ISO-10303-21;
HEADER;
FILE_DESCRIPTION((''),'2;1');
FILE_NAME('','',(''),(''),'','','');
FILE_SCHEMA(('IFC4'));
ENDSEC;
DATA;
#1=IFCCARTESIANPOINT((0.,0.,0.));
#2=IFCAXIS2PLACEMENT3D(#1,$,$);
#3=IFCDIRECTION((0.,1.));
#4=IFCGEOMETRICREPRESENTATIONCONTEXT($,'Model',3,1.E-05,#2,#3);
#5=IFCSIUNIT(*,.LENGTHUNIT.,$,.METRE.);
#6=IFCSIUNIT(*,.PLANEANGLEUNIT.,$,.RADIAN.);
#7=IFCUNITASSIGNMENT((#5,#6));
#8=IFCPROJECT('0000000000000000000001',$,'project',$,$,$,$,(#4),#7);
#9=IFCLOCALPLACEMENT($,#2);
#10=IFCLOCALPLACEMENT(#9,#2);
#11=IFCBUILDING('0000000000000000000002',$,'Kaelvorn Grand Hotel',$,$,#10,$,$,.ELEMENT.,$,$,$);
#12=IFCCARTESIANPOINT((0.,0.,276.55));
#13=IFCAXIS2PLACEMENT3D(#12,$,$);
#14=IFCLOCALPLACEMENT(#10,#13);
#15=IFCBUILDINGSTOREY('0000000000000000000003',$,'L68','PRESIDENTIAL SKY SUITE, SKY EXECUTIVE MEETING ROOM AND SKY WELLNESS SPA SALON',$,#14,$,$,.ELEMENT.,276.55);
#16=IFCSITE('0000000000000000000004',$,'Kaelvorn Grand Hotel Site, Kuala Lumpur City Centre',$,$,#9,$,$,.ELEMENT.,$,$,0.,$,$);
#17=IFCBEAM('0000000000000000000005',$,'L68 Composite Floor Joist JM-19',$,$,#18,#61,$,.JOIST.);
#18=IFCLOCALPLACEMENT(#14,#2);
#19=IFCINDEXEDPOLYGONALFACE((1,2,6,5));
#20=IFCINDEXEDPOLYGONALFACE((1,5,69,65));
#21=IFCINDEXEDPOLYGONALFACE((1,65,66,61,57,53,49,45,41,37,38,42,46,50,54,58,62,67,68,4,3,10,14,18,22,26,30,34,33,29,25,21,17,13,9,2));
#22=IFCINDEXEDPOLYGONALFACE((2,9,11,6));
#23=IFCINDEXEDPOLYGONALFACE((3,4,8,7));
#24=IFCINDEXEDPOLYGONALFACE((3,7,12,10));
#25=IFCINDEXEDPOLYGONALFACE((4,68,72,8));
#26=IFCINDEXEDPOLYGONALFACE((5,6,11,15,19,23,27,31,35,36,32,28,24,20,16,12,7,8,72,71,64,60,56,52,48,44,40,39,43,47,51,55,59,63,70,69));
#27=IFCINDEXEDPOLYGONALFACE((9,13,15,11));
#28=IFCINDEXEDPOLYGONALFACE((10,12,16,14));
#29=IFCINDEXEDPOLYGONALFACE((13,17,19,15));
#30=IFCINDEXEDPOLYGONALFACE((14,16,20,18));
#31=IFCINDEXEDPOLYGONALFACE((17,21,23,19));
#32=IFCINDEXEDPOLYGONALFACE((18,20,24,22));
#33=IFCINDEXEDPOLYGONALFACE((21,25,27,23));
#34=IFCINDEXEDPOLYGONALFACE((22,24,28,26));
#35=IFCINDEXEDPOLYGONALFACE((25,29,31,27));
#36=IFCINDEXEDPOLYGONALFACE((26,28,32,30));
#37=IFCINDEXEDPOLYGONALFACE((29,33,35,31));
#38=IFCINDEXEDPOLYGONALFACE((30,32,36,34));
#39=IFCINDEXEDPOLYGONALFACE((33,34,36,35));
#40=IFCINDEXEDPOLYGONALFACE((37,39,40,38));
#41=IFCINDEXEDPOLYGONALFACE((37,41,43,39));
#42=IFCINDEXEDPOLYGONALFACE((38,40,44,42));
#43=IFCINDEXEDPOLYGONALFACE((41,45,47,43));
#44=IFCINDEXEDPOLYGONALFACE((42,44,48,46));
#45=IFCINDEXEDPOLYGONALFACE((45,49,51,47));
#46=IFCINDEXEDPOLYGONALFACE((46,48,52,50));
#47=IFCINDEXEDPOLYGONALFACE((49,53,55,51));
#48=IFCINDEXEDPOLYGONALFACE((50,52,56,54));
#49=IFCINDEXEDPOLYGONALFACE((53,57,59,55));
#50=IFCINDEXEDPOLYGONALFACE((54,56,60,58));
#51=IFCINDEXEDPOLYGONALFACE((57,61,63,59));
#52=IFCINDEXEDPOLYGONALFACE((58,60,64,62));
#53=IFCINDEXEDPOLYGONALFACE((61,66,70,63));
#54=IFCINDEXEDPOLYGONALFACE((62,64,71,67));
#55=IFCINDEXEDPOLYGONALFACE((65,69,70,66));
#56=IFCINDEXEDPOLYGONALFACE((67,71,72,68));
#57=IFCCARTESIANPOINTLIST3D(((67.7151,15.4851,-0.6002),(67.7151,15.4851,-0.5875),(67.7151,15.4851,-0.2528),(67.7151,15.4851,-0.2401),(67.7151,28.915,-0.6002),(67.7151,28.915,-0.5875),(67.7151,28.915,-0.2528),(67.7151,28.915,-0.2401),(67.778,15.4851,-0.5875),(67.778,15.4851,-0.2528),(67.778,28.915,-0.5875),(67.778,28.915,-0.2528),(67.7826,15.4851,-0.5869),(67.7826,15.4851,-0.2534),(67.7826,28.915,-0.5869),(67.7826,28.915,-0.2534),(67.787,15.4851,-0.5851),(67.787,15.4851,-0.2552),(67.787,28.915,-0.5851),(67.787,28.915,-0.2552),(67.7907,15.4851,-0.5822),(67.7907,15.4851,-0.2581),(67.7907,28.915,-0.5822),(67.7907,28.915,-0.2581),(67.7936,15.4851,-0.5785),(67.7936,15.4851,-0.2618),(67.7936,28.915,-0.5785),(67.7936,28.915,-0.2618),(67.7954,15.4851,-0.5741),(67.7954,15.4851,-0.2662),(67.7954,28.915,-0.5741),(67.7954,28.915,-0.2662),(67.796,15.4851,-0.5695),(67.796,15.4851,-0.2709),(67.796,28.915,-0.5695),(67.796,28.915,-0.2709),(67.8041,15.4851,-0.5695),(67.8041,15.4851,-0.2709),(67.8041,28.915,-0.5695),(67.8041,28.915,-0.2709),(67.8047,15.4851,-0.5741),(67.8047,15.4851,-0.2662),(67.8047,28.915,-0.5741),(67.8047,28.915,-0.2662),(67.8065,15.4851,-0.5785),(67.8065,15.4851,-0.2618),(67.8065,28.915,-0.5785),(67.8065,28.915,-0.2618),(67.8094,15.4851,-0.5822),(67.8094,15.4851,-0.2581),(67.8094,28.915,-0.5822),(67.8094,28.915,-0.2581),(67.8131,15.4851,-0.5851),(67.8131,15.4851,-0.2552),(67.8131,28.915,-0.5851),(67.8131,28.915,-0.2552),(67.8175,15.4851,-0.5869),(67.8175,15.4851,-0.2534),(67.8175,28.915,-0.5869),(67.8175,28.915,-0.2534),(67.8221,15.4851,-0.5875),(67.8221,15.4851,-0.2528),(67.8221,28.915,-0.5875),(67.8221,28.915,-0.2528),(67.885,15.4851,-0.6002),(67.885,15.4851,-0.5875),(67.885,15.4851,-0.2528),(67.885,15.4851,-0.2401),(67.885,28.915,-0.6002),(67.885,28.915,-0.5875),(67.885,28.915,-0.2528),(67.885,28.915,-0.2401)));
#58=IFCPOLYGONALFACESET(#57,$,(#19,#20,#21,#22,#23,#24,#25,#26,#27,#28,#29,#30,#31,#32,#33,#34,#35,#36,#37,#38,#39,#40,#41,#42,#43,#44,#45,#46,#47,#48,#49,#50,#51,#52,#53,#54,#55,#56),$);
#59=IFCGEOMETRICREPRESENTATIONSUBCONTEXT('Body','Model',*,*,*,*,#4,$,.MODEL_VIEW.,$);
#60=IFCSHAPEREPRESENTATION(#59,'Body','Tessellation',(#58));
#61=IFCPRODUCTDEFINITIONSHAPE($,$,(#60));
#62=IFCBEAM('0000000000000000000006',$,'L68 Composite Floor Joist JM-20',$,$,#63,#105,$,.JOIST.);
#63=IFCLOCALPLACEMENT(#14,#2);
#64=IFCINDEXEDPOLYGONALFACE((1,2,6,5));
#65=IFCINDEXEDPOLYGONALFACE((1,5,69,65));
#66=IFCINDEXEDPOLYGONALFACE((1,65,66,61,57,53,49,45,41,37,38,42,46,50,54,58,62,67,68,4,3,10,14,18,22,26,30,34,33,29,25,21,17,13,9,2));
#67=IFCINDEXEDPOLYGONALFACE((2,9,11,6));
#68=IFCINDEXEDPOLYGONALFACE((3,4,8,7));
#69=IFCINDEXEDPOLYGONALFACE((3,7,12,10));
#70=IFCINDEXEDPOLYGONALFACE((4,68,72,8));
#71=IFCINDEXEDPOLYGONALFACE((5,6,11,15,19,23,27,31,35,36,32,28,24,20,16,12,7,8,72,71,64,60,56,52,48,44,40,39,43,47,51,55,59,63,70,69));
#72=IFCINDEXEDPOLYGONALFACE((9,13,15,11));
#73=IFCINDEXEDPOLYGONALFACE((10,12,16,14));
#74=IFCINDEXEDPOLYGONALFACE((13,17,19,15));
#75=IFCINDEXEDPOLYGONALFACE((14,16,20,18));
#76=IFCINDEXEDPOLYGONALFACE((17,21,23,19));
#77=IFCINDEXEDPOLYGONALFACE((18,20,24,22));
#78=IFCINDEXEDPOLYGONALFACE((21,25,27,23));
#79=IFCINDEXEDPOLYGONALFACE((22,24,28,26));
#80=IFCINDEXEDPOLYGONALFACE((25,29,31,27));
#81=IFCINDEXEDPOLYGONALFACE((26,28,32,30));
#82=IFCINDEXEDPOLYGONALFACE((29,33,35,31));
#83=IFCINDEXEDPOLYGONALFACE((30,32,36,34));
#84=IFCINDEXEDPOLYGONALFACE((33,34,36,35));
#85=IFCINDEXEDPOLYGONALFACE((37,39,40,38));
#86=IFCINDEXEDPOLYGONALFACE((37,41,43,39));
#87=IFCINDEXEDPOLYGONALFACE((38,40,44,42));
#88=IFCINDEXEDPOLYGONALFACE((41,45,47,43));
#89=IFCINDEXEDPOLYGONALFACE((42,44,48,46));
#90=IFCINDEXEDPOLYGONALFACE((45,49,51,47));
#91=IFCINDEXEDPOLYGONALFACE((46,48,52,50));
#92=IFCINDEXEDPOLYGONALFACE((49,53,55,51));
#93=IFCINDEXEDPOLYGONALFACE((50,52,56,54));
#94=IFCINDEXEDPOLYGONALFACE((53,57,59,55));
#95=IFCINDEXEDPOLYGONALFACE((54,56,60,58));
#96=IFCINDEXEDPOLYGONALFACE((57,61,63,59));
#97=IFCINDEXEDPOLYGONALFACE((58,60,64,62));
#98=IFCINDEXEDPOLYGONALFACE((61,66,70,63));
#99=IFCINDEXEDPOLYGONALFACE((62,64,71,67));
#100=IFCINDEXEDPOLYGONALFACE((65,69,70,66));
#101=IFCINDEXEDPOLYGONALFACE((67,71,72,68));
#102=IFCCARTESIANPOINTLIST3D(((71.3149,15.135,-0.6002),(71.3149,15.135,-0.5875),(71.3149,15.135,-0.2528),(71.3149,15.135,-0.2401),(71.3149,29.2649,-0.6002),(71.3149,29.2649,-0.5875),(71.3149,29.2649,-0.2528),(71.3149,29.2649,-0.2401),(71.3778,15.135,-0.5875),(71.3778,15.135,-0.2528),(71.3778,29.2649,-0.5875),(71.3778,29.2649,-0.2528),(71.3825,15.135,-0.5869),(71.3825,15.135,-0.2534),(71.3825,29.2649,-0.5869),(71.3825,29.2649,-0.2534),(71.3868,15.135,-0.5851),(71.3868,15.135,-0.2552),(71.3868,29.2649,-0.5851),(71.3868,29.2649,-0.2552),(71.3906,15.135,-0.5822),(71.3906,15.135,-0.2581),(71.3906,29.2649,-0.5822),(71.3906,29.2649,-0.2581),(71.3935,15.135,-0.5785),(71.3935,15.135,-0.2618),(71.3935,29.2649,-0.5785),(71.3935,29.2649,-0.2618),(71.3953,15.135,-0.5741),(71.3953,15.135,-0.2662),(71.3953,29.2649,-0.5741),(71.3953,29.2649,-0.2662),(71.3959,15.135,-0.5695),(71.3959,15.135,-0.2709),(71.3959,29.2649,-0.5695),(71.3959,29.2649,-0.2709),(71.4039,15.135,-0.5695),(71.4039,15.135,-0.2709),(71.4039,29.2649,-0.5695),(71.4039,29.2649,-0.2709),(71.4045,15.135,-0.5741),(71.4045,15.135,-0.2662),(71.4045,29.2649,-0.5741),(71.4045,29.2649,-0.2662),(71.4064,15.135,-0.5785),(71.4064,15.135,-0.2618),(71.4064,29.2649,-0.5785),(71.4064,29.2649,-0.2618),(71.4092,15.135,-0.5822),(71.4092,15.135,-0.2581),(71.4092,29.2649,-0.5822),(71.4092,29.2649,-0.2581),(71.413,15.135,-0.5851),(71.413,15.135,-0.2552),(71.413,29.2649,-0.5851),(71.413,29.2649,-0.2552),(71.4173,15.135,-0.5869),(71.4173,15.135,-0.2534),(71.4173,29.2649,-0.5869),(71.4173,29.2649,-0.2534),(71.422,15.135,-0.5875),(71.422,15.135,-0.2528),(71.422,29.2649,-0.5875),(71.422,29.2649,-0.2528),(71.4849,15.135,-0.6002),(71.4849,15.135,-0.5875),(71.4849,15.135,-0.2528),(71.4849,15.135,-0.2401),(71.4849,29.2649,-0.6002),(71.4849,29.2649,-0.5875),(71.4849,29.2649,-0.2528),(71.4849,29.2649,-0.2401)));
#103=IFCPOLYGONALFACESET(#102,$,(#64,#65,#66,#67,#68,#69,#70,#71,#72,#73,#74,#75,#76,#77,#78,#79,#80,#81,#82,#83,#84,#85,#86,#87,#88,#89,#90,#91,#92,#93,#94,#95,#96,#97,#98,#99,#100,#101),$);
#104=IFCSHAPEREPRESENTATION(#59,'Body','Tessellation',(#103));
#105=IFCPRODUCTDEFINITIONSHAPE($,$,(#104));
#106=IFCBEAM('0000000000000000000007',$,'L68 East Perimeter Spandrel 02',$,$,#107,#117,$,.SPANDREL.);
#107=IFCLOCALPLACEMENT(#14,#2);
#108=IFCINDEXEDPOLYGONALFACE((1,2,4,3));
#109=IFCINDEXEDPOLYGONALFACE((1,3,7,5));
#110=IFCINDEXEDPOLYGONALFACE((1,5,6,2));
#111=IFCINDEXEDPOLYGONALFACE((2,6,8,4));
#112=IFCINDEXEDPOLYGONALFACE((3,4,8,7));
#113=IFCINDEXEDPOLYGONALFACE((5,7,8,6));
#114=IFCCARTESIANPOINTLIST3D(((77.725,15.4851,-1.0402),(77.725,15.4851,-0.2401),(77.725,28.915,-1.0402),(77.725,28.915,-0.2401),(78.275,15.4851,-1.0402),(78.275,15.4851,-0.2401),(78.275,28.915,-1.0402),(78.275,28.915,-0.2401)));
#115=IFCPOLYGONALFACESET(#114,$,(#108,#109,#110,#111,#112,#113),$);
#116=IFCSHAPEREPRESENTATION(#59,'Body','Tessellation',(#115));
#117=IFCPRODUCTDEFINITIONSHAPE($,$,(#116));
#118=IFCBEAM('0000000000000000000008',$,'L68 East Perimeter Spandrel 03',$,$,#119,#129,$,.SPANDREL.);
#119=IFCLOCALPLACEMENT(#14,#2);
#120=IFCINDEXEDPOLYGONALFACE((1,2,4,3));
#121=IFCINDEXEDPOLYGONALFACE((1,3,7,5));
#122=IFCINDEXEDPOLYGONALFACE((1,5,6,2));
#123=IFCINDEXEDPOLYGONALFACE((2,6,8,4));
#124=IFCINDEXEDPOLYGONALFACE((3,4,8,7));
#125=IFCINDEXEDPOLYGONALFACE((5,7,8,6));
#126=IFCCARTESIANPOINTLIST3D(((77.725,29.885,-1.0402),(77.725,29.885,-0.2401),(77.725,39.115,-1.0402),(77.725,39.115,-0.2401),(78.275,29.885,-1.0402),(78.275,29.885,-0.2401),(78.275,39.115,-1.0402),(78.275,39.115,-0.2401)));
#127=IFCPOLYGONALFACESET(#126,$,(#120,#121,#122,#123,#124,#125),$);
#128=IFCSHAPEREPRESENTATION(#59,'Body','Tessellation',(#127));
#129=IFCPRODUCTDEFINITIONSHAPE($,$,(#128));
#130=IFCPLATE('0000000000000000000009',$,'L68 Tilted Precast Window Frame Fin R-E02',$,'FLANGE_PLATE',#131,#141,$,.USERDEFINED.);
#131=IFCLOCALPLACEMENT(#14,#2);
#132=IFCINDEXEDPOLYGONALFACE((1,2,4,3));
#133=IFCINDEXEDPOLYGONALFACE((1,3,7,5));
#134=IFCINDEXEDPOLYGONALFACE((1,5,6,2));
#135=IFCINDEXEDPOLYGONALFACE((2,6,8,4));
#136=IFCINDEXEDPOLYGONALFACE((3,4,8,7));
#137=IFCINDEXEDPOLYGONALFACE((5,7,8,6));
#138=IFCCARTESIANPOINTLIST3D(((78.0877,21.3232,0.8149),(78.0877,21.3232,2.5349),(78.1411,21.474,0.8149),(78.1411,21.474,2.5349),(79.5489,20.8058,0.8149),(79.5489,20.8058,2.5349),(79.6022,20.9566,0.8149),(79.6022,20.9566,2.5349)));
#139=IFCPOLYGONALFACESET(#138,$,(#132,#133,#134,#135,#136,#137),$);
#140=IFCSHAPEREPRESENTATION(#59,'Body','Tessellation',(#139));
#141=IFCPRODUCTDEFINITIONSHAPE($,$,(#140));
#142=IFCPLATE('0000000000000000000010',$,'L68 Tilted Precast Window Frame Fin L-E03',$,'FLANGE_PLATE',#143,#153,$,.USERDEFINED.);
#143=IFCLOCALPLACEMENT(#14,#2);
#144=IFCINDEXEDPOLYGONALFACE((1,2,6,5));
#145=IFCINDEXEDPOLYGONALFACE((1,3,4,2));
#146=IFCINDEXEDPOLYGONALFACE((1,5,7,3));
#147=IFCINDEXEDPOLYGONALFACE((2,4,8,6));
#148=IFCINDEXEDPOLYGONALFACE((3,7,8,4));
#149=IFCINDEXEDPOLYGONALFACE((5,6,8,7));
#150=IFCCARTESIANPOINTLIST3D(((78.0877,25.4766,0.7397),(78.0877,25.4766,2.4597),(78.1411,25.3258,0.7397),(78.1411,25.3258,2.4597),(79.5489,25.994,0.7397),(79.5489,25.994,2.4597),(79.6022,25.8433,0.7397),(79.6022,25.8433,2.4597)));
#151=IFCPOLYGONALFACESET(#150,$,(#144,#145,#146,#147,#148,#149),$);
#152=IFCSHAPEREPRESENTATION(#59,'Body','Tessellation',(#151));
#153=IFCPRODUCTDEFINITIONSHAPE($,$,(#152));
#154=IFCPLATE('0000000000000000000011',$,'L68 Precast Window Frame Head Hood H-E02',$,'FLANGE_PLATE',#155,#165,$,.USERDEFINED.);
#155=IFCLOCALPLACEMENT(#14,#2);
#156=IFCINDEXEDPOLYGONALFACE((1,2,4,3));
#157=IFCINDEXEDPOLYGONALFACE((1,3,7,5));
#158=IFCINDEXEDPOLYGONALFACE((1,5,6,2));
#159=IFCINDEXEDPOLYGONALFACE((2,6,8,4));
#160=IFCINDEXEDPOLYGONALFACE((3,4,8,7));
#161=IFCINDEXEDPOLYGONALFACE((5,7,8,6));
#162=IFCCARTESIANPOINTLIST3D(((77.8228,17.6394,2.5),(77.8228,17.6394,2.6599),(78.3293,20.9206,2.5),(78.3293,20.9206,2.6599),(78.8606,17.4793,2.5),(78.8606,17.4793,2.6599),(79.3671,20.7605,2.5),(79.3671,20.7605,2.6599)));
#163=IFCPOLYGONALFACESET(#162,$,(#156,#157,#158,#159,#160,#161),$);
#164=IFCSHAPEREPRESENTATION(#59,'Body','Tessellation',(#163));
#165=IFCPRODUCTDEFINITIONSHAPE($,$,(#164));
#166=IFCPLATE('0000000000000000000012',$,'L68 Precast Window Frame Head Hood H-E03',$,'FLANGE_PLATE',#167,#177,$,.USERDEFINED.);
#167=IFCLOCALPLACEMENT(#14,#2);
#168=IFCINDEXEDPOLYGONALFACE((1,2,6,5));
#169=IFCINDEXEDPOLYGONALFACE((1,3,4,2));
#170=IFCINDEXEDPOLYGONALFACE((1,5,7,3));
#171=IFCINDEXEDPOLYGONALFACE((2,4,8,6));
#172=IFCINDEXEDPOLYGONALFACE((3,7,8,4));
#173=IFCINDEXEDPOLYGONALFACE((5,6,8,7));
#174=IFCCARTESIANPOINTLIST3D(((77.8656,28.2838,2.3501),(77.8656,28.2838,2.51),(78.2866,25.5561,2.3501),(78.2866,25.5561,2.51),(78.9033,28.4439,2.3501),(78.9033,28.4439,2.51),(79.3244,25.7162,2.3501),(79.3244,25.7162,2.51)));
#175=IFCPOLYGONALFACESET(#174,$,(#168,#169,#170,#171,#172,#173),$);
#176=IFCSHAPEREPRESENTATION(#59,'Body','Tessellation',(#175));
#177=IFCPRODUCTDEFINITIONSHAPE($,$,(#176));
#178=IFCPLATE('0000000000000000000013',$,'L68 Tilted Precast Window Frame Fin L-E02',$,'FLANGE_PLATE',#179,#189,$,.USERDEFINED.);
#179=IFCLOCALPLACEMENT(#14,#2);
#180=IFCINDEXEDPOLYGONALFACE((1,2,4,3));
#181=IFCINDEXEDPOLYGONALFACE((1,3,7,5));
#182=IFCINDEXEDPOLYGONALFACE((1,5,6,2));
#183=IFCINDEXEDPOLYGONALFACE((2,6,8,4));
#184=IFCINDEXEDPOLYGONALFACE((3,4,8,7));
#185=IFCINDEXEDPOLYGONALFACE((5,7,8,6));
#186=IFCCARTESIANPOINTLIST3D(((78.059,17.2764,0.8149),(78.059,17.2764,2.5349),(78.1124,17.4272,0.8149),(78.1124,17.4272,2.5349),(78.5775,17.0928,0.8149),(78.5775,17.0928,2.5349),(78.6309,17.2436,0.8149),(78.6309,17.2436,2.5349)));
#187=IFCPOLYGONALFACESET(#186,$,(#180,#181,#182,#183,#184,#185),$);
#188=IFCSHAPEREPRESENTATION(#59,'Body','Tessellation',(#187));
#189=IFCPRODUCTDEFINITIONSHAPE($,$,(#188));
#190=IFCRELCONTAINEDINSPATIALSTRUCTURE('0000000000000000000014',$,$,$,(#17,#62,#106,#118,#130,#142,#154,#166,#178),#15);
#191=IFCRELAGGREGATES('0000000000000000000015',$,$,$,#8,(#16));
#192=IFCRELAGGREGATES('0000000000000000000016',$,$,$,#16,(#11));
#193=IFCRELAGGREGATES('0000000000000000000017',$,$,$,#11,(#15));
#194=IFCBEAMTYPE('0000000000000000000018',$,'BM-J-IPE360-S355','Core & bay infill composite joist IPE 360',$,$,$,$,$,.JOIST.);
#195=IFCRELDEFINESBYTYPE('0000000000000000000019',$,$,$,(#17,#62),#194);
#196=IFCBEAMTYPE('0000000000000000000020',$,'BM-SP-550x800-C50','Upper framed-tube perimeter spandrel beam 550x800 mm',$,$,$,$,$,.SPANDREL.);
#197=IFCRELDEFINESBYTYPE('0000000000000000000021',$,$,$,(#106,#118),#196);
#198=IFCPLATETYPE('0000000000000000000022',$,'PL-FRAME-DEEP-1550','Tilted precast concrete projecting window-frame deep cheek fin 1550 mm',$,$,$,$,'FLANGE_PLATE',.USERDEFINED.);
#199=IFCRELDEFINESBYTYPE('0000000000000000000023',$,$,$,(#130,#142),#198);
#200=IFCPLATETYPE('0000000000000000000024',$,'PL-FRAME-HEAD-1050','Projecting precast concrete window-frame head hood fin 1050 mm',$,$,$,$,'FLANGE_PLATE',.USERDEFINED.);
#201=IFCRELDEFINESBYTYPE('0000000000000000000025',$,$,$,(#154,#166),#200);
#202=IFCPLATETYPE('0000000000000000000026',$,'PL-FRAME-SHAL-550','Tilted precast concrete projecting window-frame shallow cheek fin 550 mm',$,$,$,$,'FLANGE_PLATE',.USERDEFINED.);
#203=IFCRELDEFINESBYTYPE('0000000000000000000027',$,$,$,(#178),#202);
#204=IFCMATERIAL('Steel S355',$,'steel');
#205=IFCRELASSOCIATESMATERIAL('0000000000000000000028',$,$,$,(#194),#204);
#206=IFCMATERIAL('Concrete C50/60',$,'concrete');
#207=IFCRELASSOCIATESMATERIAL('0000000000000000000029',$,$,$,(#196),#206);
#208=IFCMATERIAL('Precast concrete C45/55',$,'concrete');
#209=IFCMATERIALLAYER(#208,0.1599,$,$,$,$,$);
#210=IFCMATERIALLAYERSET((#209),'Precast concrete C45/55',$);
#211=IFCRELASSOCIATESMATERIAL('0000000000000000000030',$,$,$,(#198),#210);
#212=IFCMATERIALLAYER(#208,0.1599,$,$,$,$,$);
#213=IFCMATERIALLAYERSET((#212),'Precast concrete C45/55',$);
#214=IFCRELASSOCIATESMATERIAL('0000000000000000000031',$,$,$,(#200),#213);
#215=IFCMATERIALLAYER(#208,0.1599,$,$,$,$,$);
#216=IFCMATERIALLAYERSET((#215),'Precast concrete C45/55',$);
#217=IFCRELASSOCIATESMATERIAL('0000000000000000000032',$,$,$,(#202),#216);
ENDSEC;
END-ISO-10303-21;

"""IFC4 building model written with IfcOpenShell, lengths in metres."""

from ifc_helpers import new_model, si_unit, direction, frame, origin, origin_2d, place, context, subcontext, project, spatial, rectangle, i_section, extrude, material, layer, layer_set, material_profile, profile_set, type_object, element, save


model = new_model("IFC4")

# Units and contexts
model_context = context("Model", 3, precision=1e-05, world=origin(), true_north=direction((0.0, 1.0)))
body_context = subcontext(model_context, "Body", "Model", "MODEL_VIEW")
ifc_project = project(units=[si_unit("LENGTHUNIT", "METRE"), si_unit("PLANEANGLEUNIT", "RADIAN")], contexts=[model_context])

# Site, building, storey
site_placement = place(None, origin())
site = spatial("IfcSite", under=ifc_project, at=site_placement, Name="Kaelvorn Grand Hotel Site, Kuala Lumpur City Centre", CompositionType="ELEMENT", RefElevation=0.0)
building_placement = place(site_placement, origin())
building = spatial("IfcBuilding", under=site, at=building_placement, Name="Kaelvorn Grand Hotel", CompositionType="ELEMENT")
storey_placement = place(building_placement, frame((0.0, 0.0, 276.55)))
storey = spatial("IfcBuildingStorey", under=building, at=storey_placement, Name="L68", Description="PRESIDENTIAL SKY SUITE, SKY EXECUTIVE MEETING ROOM AND SKY WELLNESS SPA SALON", CompositionType="ELEMENT", Elevation=276.55)

# Shared definitions
ifc_material_1 = material(Name="Concrete C50/60", Category="concrete")

# Beams
ifc_material_2 = material(Name="Steel S355", Category="steel")
ifc_material_profile_1 = material_profile(ifc_material_2, i_section(OverallWidth=0.1699, OverallDepth=0.3601, WebThickness=0.0081, FlangeThickness=0.0127, FilletRadius=0.0181, at=origin_2d()), Name="IPE 360")
ifc_profile_set_1 = profile_set([ifc_material_profile_1], Name="Steel S355")
beam_type_1 = type_object("IfcBeamType", Name="BM-J-IPE360-S355", Description="Core & bay infill composite joist IPE 360", PredefinedType="JOIST", material=ifc_profile_set_1)
beam_1_placement = place(storey_placement, frame((67.8, 15.4851, -0.4202), z_axis=(0.0, 1.0, 0.0), x_axis=(-1.0, 0.0, 0.0)))
element("IfcBeam", 1, at=beam_1_placement, inside=storey, type_object=beam_type_1, Name="L68 Composite Floor Joist JM-19", PredefinedType="JOIST", context=body_context, shape_type="SweptSolid", body=[
    extrude(i_section(OverallWidth=0.1699, OverallDepth=0.3601, WebThickness=0.0081, FlangeThickness=0.0127, FilletRadius=0.0181, at=origin_2d()), origin(), (0.0, 0.0, 1.0), 13.4299),
])
beam_2_placement = place(storey_placement, frame((71.3999, 15.135, -0.4202), z_axis=(0.0, 1.0, 0.0), x_axis=(-1.0, 0.0, 0.0)))
element("IfcBeam", 2, at=beam_2_placement, inside=storey, type_object=beam_type_1, Name="L68 Composite Floor Joist JM-20", PredefinedType="JOIST", context=body_context, shape_type="SweptSolid", body=[
    extrude(i_section(OverallWidth=0.1699, OverallDepth=0.3601, WebThickness=0.0081, FlangeThickness=0.0127, FilletRadius=0.0181, at=origin_2d()), origin(), (0.0, 0.0, 1.0), 14.1299),
])
ifc_material_profile_2 = material_profile(ifc_material_1, rectangle(XDim=0.55, YDim=0.8, at=origin_2d()), Name="RC SPANDREL 550x800")
ifc_profile_set_2 = profile_set([ifc_material_profile_2], Name="Concrete C50/60")
beam_type_2 = type_object("IfcBeamType", Name="BM-SP-550x800-C50", Description="Upper framed-tube perimeter spandrel beam 550x800 mm", PredefinedType="SPANDREL", material=ifc_profile_set_2)
beam_3_placement = place(storey_placement, frame((78.0, 15.4851, -0.6401), z_axis=(0.0, 1.0, 0.0), x_axis=(-1.0, 0.0, 0.0)))
element("IfcBeam", 3, at=beam_3_placement, inside=storey, type_object=beam_type_2, Name="L68 East Perimeter Spandrel 02", PredefinedType="SPANDREL", context=body_context, shape_type="SweptSolid", body=[
    extrude(rectangle(XDim=0.55, YDim=0.8, at=origin_2d()), origin(), (0.0, 0.0, 1.0), 13.4299),
])
beam_4_placement = place(storey_placement, frame((78.0, 29.885, -0.6401), z_axis=(0.0, 1.0, 0.0), x_axis=(-1.0, 0.0, 0.0)))
element("IfcBeam", 4, at=beam_4_placement, inside=storey, type_object=beam_type_2, Name="L68 East Perimeter Spandrel 03", PredefinedType="SPANDREL", context=body_context, shape_type="SweptSolid", body=[
    extrude(rectangle(XDim=0.55, YDim=0.8, at=origin_2d()), origin(), (0.0, 0.0, 1.0), 9.23),
])

# Plates
ifc_material_3 = material(Name="Precast concrete C45/55", Category="concrete")
ifc_layer_1 = layer(ifc_material_3, 0.1599)
ifc_layer_set_1 = layer_set([ifc_layer_1], Name="Precast concrete C45/55")
plate_type_1 = type_object("IfcPlateType", Name="PL-FRAME-DEEP-1550", Description="Tilted precast concrete projecting window-frame deep cheek fin 1550 mm", ElementType="FLANGE_PLATE", PredefinedType="USERDEFINED", material=ifc_layer_set_1)
for number, where, z_axis, x_axis, name in (
    (5, (78.845, 21.1399, 0.8149), (0.0, 0.0, 1.0), (0.333807, 0.942641, 0.0), "L68 Tilted Precast Window Frame Fin R-E02"),
    (6, (78.845, 25.6599, 0.7397), (0.0, 0.0, 1.0), (-0.333807, 0.942641, 0.0), "L68 Tilted Precast Window Frame Fin L-E03"),
):
    element("IfcPlate", number, at=place(storey_placement, frame(where, z_axis=z_axis, x_axis=x_axis)), inside=storey, type_object=plate_type_1, Name=name, ObjectType="FLANGE_PLATE", PredefinedType="USERDEFINED", context=body_context, shape_type="SweptSolid", body=[
        extrude(rectangle(XDim=0.1599, YDim=1.55, at=origin_2d()), origin(), (0.0, 0.0, 1.0), 1.72),
    ])
ifc_layer_2 = layer(ifc_material_3, 0.1599)
ifc_layer_set_2 = layer_set([ifc_layer_2], Name="Precast concrete C45/55")
plate_type_2 = type_object("IfcPlateType", Name="PL-FRAME-HEAD-1050", Description="Projecting precast concrete window-frame head hood fin 1050 mm", ElementType="FLANGE_PLATE", PredefinedType="USERDEFINED", material=ifc_layer_set_2)
plate_1_placement = place(storey_placement, frame((78.595, 19.2, 2.5), z_axis=(0.0, 0.0, 1.0), x_axis=(0.152555, 0.988295, 0.0)))
element("IfcPlate", 7, at=plate_1_placement, inside=storey, type_object=plate_type_2, Name="L68 Precast Window Frame Head Hood H-E02", ObjectType="FLANGE_PLATE", PredefinedType="USERDEFINED", context=body_context, shape_type="SweptSolid", body=[
    extrude(rectangle(XDim=3.3201, YDim=1.05, at=origin_2d()), origin(), (0.0, 0.0, 1.0), 0.1599),
])
plate_2_placement = place(storey_placement, frame((78.595, 27.0, 2.3501), z_axis=(0.0, 0.0, 1.0), x_axis=(-0.152555, 0.988295, 0.0)))
element("IfcPlate", 8, at=plate_2_placement, inside=storey, type_object=plate_type_2, Name="L68 Precast Window Frame Head Hood H-E03", ObjectType="FLANGE_PLATE", PredefinedType="USERDEFINED", context=body_context, shape_type="SweptSolid", body=[
    extrude(rectangle(XDim=2.76, YDim=1.05, at=origin_2d()), origin(), (0.0, 0.0, 1.0), 0.1599),
])
ifc_layer_3 = layer(ifc_material_3, 0.1599)
ifc_layer_set_3 = layer_set([ifc_layer_3], Name="Precast concrete C45/55")
plate_type_3 = type_object("IfcPlateType", Name="PL-FRAME-SHAL-550", Description="Tilted precast concrete projecting window-frame shallow cheek fin 550 mm", ElementType="FLANGE_PLATE", PredefinedType="USERDEFINED", material=ifc_layer_set_3)
for number, where, z_axis, x_axis, name in (
    (9, (78.345, 17.26, 0.8149), (0.0, 0.0, 1.0), (0.333807, 0.942641, 0.0), "L68 Tilted Precast Window Frame Fin L-E02"),
):
    element("IfcPlate", number, at=place(storey_placement, frame(where, z_axis=z_axis, x_axis=x_axis)), inside=storey, type_object=plate_type_3, Name=name, ObjectType="FLANGE_PLATE", PredefinedType="USERDEFINED", context=body_context, shape_type="SweptSolid", body=[
        extrude(rectangle(XDim=0.1599, YDim=0.55, at=origin_2d()), origin(), (0.0, 0.0, 1.0), 1.72),
    ])

save(model, "model.ifc")
